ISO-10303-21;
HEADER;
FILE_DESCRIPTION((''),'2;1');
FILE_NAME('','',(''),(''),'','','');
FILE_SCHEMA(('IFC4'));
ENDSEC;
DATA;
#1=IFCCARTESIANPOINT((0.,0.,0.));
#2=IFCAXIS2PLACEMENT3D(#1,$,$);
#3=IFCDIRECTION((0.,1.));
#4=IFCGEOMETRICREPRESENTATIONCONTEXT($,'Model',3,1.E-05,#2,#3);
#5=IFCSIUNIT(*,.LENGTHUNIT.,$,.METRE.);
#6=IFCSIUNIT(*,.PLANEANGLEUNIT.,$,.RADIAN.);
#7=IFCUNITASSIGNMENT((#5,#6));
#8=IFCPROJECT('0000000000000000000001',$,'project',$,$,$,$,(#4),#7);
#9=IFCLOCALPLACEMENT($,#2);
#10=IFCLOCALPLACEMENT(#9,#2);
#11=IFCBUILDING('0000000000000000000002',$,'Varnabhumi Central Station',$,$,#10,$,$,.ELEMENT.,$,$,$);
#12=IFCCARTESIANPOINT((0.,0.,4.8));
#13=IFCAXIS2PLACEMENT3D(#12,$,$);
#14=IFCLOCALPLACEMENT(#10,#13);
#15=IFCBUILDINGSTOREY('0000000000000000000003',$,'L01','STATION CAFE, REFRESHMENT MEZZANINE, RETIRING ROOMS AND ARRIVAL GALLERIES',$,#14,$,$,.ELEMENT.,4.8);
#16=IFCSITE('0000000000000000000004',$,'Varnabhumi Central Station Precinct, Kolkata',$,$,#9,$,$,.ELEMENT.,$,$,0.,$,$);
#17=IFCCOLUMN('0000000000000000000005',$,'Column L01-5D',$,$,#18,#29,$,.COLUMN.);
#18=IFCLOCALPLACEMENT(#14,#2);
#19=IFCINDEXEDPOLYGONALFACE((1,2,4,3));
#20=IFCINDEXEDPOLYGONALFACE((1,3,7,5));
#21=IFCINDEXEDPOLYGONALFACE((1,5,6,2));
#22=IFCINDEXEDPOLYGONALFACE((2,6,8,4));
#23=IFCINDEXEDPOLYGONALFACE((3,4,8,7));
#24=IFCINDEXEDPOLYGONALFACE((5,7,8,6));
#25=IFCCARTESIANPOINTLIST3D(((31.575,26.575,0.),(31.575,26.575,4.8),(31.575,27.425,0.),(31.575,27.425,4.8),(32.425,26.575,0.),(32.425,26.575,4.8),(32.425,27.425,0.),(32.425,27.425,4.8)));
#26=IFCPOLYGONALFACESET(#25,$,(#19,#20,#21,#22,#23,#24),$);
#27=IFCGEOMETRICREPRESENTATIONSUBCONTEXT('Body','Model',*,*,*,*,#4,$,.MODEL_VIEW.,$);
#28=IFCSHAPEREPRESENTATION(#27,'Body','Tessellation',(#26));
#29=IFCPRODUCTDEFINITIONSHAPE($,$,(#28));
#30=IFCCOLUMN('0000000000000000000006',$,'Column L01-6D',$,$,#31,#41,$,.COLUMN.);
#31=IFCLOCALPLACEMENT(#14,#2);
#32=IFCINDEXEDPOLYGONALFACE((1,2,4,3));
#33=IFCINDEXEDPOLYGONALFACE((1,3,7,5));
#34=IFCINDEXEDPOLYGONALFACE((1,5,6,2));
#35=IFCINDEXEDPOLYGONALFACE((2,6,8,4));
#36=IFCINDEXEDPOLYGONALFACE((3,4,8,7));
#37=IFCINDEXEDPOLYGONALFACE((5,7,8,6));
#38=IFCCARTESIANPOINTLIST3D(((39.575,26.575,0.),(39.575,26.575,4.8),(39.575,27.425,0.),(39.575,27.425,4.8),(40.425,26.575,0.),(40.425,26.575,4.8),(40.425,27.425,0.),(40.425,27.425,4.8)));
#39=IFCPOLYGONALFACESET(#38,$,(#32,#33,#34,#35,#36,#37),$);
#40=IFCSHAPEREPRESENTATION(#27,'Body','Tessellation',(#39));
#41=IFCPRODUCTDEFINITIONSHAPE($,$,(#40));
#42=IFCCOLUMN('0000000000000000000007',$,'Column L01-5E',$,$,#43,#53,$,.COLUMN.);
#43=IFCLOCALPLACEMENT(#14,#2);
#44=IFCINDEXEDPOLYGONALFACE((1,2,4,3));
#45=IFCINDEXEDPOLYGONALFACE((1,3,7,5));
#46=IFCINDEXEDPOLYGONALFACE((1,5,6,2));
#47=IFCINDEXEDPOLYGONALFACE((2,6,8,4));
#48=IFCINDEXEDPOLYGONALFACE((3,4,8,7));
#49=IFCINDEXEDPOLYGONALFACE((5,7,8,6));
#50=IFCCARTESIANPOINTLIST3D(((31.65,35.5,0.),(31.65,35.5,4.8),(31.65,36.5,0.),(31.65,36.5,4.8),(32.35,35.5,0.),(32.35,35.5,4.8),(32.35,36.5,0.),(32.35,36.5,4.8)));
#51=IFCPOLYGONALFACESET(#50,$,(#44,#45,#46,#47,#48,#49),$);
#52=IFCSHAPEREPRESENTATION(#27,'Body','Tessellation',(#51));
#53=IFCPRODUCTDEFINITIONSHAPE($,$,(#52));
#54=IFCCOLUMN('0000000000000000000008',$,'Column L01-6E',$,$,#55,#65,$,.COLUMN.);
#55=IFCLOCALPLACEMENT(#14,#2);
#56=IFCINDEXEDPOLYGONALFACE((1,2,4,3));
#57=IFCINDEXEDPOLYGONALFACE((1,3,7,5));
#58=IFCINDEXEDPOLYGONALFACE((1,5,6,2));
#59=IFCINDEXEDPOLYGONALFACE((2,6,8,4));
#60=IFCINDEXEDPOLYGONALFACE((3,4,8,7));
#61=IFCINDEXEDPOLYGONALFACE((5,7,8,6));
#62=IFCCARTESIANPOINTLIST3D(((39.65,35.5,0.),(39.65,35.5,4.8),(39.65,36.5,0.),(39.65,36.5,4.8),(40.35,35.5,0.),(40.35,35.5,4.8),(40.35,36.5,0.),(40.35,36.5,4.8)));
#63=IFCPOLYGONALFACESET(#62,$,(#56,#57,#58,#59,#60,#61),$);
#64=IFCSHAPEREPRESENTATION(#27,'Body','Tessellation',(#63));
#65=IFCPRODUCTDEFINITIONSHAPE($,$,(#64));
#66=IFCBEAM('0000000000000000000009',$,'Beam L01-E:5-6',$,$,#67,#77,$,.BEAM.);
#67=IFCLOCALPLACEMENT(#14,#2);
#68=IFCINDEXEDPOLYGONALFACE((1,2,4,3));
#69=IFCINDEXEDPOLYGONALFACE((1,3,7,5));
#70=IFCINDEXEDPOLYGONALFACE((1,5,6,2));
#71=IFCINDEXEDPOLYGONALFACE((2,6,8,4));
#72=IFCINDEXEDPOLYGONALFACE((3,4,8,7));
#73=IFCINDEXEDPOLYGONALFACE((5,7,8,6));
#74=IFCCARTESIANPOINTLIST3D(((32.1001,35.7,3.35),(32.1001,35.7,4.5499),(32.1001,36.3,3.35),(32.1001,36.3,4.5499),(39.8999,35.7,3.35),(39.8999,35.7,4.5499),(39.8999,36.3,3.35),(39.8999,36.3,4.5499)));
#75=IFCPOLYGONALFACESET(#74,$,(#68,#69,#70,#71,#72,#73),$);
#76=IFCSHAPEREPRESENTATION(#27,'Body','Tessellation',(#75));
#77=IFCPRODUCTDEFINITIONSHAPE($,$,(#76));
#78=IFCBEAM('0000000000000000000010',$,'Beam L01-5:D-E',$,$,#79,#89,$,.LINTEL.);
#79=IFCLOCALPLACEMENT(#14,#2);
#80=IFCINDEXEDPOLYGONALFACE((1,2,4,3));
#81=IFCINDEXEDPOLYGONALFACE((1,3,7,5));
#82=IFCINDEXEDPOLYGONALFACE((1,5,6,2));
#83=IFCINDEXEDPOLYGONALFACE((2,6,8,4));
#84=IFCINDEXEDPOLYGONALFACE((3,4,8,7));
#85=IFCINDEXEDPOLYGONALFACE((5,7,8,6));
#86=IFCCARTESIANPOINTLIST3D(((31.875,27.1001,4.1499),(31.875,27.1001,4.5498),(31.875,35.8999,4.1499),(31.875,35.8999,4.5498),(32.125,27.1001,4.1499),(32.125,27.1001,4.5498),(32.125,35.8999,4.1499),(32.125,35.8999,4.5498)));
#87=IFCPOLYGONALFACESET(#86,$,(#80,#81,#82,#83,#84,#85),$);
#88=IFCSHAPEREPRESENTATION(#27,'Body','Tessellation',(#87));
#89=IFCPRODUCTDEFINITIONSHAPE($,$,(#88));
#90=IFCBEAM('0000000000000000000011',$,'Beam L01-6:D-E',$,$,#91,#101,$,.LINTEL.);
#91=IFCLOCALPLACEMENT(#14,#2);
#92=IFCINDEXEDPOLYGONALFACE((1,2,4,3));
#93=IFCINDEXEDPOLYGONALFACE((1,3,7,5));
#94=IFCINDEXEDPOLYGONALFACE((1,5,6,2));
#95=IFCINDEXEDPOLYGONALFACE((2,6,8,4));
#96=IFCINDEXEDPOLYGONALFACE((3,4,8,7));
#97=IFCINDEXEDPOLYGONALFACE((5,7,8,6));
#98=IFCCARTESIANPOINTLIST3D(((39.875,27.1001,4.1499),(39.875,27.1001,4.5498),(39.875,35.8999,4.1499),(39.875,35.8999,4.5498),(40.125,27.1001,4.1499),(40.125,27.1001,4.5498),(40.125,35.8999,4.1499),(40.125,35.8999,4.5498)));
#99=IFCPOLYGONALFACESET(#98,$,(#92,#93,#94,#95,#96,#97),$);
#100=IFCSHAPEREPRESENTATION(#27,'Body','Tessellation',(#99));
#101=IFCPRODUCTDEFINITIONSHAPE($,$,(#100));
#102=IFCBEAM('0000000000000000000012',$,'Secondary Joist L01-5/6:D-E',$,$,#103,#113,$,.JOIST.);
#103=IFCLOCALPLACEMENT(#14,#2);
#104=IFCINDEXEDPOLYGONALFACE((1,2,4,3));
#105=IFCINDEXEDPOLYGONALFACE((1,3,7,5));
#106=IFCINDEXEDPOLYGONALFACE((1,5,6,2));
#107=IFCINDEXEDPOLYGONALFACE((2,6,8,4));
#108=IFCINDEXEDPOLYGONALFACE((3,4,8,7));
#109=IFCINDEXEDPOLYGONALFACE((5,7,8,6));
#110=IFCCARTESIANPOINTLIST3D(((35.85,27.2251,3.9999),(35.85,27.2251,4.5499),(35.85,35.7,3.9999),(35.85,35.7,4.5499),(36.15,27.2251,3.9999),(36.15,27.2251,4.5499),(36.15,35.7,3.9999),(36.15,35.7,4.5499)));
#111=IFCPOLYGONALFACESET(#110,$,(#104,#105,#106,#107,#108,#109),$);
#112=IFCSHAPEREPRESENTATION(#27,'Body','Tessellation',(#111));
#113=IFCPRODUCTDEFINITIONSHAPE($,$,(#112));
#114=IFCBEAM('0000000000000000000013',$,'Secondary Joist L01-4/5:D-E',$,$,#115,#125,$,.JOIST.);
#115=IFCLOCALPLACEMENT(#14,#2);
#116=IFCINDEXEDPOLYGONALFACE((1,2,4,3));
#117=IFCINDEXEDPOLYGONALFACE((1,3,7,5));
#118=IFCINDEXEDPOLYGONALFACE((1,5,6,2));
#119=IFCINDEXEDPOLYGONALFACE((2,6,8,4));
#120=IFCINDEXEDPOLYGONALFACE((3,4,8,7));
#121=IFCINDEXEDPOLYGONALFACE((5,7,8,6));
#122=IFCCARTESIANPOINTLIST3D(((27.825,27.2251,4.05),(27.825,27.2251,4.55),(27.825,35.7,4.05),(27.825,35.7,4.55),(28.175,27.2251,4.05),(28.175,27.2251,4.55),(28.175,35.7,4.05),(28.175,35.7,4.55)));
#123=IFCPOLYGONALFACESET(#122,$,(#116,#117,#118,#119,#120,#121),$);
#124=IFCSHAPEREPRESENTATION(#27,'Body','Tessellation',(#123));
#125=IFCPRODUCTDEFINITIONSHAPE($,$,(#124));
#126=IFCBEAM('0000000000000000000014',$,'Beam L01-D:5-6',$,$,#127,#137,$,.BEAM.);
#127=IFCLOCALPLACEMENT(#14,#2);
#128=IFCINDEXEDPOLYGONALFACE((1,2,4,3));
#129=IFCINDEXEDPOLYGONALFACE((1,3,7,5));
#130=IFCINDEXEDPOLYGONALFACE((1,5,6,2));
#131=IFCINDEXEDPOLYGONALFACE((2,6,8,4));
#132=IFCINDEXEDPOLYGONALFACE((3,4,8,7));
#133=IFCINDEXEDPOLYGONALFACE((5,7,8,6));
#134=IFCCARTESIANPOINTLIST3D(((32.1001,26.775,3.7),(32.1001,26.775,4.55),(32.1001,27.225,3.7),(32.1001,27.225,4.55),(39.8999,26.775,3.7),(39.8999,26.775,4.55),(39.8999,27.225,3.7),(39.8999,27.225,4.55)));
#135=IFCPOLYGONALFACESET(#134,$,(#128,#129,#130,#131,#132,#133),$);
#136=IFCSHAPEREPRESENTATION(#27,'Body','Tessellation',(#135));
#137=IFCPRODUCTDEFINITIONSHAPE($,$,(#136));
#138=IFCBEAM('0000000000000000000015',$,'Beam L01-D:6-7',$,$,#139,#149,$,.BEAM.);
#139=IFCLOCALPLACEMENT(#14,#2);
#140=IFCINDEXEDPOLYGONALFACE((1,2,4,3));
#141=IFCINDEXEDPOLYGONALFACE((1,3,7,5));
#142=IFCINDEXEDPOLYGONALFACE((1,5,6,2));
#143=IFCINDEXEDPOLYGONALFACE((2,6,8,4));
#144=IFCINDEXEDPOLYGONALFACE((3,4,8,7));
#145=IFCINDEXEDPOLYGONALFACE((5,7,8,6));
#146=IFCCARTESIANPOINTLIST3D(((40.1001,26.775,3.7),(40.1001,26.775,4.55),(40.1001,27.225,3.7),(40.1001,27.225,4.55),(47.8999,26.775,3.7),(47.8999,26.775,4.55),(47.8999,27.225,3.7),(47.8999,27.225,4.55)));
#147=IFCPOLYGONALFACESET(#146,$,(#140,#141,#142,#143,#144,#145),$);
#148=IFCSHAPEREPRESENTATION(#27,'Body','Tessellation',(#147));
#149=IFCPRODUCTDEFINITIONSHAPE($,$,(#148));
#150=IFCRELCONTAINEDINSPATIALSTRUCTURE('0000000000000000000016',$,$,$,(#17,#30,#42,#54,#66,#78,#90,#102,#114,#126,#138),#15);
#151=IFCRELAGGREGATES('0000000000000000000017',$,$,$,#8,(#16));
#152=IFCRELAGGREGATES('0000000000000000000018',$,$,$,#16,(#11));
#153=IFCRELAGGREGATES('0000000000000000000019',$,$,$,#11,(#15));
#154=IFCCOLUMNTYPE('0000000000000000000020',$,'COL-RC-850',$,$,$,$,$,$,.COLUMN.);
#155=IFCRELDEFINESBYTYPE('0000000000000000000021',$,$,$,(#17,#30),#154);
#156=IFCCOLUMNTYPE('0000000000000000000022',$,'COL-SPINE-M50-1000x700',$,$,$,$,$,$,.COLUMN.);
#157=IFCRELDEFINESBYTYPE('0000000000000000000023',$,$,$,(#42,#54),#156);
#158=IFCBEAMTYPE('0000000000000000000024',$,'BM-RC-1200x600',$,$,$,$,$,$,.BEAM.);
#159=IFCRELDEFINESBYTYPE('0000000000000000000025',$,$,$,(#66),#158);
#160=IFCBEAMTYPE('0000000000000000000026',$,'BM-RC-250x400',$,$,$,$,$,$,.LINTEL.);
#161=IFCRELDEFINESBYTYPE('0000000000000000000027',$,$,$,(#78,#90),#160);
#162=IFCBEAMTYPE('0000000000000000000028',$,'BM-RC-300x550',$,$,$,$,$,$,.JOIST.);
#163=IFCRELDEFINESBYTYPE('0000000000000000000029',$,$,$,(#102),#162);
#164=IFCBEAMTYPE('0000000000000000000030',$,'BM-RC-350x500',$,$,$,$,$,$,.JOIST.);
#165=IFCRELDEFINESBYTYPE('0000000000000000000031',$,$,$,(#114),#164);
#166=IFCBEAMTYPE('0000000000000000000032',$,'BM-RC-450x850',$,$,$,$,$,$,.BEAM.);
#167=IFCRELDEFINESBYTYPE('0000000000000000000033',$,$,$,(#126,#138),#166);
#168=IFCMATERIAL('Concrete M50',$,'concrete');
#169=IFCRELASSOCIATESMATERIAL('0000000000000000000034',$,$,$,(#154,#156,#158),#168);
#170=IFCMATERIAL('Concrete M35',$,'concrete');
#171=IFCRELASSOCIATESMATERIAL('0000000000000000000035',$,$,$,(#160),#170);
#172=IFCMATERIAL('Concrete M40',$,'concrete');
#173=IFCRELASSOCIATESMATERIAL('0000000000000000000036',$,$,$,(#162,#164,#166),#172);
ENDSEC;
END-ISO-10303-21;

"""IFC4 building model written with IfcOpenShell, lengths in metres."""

from ifc_helpers import new_model, si_unit, direction, frame, origin, origin_2d, place, context, subcontext, project, spatial, rectangle, extrude, material, material_profile, profile_set, type_object, element, save


model = new_model("IFC4")

# Units and contexts
model_context = context("Model", 3, precision=1e-05, world=origin(), true_north=direction((0.0, 1.0)))
body_context = subcontext(model_context, "Body", "Model", "MODEL_VIEW")
ifc_project = project(units=[si_unit("LENGTHUNIT", "METRE"), si_unit("PLANEANGLEUNIT", "RADIAN")], contexts=[model_context])

# Site, building, storey
site_placement = place(None, origin())
site = spatial("IfcSite", under=ifc_project, at=site_placement, Name="Varnabhumi Central Station Precinct, Kolkata", CompositionType="ELEMENT", RefElevation=0.0)
building_placement = place(site_placement, origin())
building = spatial("IfcBuilding", under=site, at=building_placement, Name="Varnabhumi Central Station", CompositionType="ELEMENT")
storey_placement = place(building_placement, frame((0.0, 0.0, 4.8)))
storey = spatial("IfcBuildingStorey", under=building, at=storey_placement, Name="L01", Description="STATION CAFE, REFRESHMENT MEZZANINE, RETIRING ROOMS AND ARRIVAL GALLERIES", CompositionType="ELEMENT", Elevation=4.8)

# Columns
ifc_material_1 = material(Name="Concrete M50", Category="concrete")
ifc_material_profile_1 = material_profile(ifc_material_1, rectangle(XDim=0.8501, YDim=0.8501, at=origin_2d()), Name="Concrete M50", Category="concrete")
ifc_profile_set_1 = profile_set([ifc_material_profile_1], Name="Concrete M50")
column_type_1 = type_object("IfcColumnType", Name="COL-RC-850", PredefinedType="COLUMN", material=ifc_profile_set_1)
for number, where, z_axis, x_axis, name in (
    (1, (32.0, 27.0, 0.0), (0.0, 0.0, 1.0), (1.0, 0.0, 0.0), "Column L01-5D"),
    (2, (40.0, 27.0, 0.0), (0.0, 0.0, 1.0), (1.0, 0.0, 0.0), "Column L01-6D"),
):
    element("IfcColumn", number, at=place(storey_placement, frame(where, z_axis=z_axis, x_axis=x_axis)), inside=storey, type_object=column_type_1, Name=name, PredefinedType="COLUMN", context=body_context, shape_type="SweptSolid", body=[
        extrude(rectangle(XDim=0.8501, YDim=0.8501, at=origin_2d()), origin(), (0.0, 0.0, 1.0), 4.8),
    ])
ifc_material_profile_2 = material_profile(ifc_material_1, rectangle(XDim=0.7, YDim=1.0, at=origin_2d()), Name="Concrete M50", Category="concrete")
ifc_profile_set_2 = profile_set([ifc_material_profile_2], Name="Concrete M50")
column_type_2 = type_object("IfcColumnType", Name="COL-SPINE-M50-1000x700", PredefinedType="COLUMN", material=ifc_profile_set_2)
for number, where, z_axis, x_axis, name in (
    (3, (32.0, 36.0, 0.0), (0.0, 0.0, 1.0), (1.0, 0.0, 0.0), "Column L01-5E"),
    (4, (40.0, 36.0, 0.0), (0.0, 0.0, 1.0), (1.0, 0.0, 0.0), "Column L01-6E"),
):
    element("IfcColumn", number, at=place(storey_placement, frame(where, z_axis=z_axis, x_axis=x_axis)), inside=storey, type_object=column_type_2, Name=name, PredefinedType="COLUMN", context=body_context, shape_type="SweptSolid", body=[
        extrude(rectangle(XDim=0.7, YDim=1.0, at=origin_2d()), origin(), (0.0, 0.0, 1.0), 4.8),
    ])

# Beams
ifc_material_profile_3 = material_profile(ifc_material_1, rectangle(XDim=0.6001, YDim=1.2, at=origin_2d()), Name="Concrete M50", Category="concrete")
ifc_profile_set_3 = profile_set([ifc_material_profile_3], Name="Concrete M50")
beam_type_1 = type_object("IfcBeamType", Name="BM-RC-1200x600", PredefinedType="BEAM", material=ifc_profile_set_3)
beam_1_placement = place(storey_placement, frame((32.1001, 36.0, 3.95), z_axis=(1.0, 0.0, 0.0), x_axis=(0.0, 1.0, 0.0)))
element("IfcBeam", 5, at=beam_1_placement, inside=storey, type_object=beam_type_1, Name="Beam L01-E:5-6", PredefinedType="BEAM", context=body_context, shape_type="SweptSolid", body=[
    extrude(rectangle(XDim=0.6001, YDim=1.2, at=origin_2d()), origin(), (0.0, 0.0, 1.0), 7.7998),
])
ifc_material_2 = material(Name="Concrete M35", Category="concrete")
ifc_material_profile_4 = material_profile(ifc_material_2, rectangle(XDim=0.25, YDim=0.3999, at=origin_2d()), Name="Concrete M35", Category="concrete")
ifc_profile_set_4 = profile_set([ifc_material_profile_4], Name="Concrete M35")
beam_type_2 = type_object("IfcBeamType", Name="BM-RC-250x400", PredefinedType="LINTEL", material=ifc_profile_set_4)
for number, where, z_axis, x_axis, name in (
    (6, (32.0, 27.1001, 4.3499), (0.0, 1.0, 0.0), (-1.0, 0.0, 0.0), "Beam L01-5:D-E"),
    (7, (40.0, 27.1001, 4.3499), (0.0, 1.0, 0.0), (-1.0, 0.0, 0.0), "Beam L01-6:D-E"),
):
    element("IfcBeam", number, at=place(storey_placement, frame(where, z_axis=z_axis, x_axis=x_axis)), inside=storey, type_object=beam_type_2, Name=name, PredefinedType="LINTEL", context=body_context, shape_type="SweptSolid", body=[
        extrude(rectangle(XDim=0.25, YDim=0.3999, at=origin_2d()), origin(), (0.0, 0.0, 1.0), 8.7998),
    ])
ifc_material_3 = material(Name="Concrete M40", Category="concrete")
ifc_material_profile_5 = material_profile(ifc_material_3, rectangle(XDim=0.3, YDim=0.55, at=origin_2d()), Name="Concrete M40", Category="concrete")
ifc_profile_set_5 = profile_set([ifc_material_profile_5], Name="Concrete M40")
beam_type_3 = type_object("IfcBeamType", Name="BM-RC-300x550", PredefinedType="JOIST", material=ifc_profile_set_5)
beam_2_placement = place(storey_placement, frame((36.0, 27.2251, 4.2749), z_axis=(0.0, 1.0, 0.0), x_axis=(-1.0, 0.0, 0.0)))
element("IfcBeam", 8, at=beam_2_placement, inside=storey, type_object=beam_type_3, Name="Secondary Joist L01-5/6:D-E", PredefinedType="JOIST", context=body_context, shape_type="SweptSolid", body=[
    extrude(rectangle(XDim=0.3, YDim=0.55, at=origin_2d()), origin(), (0.0, 0.0, 1.0), 8.4749),
])
ifc_material_profile_6 = material_profile(ifc_material_3, rectangle(XDim=0.3501, YDim=0.5, at=origin_2d()), Name="Concrete M40", Category="concrete")
ifc_profile_set_6 = profile_set([ifc_material_profile_6], Name="Concrete M40")
beam_type_4 = type_object("IfcBeamType", Name="BM-RC-350x500", PredefinedType="JOIST", material=ifc_profile_set_6)
beam_3_placement = place(storey_placement, frame((28.0, 27.2251, 4.3), z_axis=(0.0, 1.0, 0.0), x_axis=(-1.0, 0.0, 0.0)))
element("IfcBeam", 9, at=beam_3_placement, inside=storey, type_object=beam_type_4, Name="Secondary Joist L01-4/5:D-E", PredefinedType="JOIST", context=body_context, shape_type="SweptSolid", body=[
    extrude(rectangle(XDim=0.3501, YDim=0.5, at=origin_2d()), origin(), (0.0, 0.0, 1.0), 8.4749),
])
ifc_material_profile_7 = material_profile(ifc_material_3, rectangle(XDim=0.45, YDim=0.8501, at=origin_2d()), Name="Concrete M40", Category="concrete")
ifc_profile_set_7 = profile_set([ifc_material_profile_7], Name="Concrete M40")
beam_type_5 = type_object("IfcBeamType", Name="BM-RC-450x850", PredefinedType="BEAM", material=ifc_profile_set_7)
for number, where, z_axis, x_axis, name in (
    (10, (32.1001, 27.0, 4.125), (1.0, 0.0, 0.0), (0.0, 1.0, 0.0), "Beam L01-D:5-6"),
    (11, (40.1001, 27.0, 4.125), (1.0, 0.0, 0.0), (0.0, 1.0, 0.0), "Beam L01-D:6-7"),
):
    element("IfcBeam", number, at=place(storey_placement, frame(where, z_axis=z_axis, x_axis=x_axis)), inside=storey, type_object=beam_type_5, Name=name, PredefinedType="BEAM", context=body_context, shape_type="SweptSolid", body=[
        extrude(rectangle(XDim=0.45, YDim=0.8501, at=origin_2d()), origin(), (0.0, 0.0, 1.0), 7.7998),
    ])

save(model, "model.ifc")
